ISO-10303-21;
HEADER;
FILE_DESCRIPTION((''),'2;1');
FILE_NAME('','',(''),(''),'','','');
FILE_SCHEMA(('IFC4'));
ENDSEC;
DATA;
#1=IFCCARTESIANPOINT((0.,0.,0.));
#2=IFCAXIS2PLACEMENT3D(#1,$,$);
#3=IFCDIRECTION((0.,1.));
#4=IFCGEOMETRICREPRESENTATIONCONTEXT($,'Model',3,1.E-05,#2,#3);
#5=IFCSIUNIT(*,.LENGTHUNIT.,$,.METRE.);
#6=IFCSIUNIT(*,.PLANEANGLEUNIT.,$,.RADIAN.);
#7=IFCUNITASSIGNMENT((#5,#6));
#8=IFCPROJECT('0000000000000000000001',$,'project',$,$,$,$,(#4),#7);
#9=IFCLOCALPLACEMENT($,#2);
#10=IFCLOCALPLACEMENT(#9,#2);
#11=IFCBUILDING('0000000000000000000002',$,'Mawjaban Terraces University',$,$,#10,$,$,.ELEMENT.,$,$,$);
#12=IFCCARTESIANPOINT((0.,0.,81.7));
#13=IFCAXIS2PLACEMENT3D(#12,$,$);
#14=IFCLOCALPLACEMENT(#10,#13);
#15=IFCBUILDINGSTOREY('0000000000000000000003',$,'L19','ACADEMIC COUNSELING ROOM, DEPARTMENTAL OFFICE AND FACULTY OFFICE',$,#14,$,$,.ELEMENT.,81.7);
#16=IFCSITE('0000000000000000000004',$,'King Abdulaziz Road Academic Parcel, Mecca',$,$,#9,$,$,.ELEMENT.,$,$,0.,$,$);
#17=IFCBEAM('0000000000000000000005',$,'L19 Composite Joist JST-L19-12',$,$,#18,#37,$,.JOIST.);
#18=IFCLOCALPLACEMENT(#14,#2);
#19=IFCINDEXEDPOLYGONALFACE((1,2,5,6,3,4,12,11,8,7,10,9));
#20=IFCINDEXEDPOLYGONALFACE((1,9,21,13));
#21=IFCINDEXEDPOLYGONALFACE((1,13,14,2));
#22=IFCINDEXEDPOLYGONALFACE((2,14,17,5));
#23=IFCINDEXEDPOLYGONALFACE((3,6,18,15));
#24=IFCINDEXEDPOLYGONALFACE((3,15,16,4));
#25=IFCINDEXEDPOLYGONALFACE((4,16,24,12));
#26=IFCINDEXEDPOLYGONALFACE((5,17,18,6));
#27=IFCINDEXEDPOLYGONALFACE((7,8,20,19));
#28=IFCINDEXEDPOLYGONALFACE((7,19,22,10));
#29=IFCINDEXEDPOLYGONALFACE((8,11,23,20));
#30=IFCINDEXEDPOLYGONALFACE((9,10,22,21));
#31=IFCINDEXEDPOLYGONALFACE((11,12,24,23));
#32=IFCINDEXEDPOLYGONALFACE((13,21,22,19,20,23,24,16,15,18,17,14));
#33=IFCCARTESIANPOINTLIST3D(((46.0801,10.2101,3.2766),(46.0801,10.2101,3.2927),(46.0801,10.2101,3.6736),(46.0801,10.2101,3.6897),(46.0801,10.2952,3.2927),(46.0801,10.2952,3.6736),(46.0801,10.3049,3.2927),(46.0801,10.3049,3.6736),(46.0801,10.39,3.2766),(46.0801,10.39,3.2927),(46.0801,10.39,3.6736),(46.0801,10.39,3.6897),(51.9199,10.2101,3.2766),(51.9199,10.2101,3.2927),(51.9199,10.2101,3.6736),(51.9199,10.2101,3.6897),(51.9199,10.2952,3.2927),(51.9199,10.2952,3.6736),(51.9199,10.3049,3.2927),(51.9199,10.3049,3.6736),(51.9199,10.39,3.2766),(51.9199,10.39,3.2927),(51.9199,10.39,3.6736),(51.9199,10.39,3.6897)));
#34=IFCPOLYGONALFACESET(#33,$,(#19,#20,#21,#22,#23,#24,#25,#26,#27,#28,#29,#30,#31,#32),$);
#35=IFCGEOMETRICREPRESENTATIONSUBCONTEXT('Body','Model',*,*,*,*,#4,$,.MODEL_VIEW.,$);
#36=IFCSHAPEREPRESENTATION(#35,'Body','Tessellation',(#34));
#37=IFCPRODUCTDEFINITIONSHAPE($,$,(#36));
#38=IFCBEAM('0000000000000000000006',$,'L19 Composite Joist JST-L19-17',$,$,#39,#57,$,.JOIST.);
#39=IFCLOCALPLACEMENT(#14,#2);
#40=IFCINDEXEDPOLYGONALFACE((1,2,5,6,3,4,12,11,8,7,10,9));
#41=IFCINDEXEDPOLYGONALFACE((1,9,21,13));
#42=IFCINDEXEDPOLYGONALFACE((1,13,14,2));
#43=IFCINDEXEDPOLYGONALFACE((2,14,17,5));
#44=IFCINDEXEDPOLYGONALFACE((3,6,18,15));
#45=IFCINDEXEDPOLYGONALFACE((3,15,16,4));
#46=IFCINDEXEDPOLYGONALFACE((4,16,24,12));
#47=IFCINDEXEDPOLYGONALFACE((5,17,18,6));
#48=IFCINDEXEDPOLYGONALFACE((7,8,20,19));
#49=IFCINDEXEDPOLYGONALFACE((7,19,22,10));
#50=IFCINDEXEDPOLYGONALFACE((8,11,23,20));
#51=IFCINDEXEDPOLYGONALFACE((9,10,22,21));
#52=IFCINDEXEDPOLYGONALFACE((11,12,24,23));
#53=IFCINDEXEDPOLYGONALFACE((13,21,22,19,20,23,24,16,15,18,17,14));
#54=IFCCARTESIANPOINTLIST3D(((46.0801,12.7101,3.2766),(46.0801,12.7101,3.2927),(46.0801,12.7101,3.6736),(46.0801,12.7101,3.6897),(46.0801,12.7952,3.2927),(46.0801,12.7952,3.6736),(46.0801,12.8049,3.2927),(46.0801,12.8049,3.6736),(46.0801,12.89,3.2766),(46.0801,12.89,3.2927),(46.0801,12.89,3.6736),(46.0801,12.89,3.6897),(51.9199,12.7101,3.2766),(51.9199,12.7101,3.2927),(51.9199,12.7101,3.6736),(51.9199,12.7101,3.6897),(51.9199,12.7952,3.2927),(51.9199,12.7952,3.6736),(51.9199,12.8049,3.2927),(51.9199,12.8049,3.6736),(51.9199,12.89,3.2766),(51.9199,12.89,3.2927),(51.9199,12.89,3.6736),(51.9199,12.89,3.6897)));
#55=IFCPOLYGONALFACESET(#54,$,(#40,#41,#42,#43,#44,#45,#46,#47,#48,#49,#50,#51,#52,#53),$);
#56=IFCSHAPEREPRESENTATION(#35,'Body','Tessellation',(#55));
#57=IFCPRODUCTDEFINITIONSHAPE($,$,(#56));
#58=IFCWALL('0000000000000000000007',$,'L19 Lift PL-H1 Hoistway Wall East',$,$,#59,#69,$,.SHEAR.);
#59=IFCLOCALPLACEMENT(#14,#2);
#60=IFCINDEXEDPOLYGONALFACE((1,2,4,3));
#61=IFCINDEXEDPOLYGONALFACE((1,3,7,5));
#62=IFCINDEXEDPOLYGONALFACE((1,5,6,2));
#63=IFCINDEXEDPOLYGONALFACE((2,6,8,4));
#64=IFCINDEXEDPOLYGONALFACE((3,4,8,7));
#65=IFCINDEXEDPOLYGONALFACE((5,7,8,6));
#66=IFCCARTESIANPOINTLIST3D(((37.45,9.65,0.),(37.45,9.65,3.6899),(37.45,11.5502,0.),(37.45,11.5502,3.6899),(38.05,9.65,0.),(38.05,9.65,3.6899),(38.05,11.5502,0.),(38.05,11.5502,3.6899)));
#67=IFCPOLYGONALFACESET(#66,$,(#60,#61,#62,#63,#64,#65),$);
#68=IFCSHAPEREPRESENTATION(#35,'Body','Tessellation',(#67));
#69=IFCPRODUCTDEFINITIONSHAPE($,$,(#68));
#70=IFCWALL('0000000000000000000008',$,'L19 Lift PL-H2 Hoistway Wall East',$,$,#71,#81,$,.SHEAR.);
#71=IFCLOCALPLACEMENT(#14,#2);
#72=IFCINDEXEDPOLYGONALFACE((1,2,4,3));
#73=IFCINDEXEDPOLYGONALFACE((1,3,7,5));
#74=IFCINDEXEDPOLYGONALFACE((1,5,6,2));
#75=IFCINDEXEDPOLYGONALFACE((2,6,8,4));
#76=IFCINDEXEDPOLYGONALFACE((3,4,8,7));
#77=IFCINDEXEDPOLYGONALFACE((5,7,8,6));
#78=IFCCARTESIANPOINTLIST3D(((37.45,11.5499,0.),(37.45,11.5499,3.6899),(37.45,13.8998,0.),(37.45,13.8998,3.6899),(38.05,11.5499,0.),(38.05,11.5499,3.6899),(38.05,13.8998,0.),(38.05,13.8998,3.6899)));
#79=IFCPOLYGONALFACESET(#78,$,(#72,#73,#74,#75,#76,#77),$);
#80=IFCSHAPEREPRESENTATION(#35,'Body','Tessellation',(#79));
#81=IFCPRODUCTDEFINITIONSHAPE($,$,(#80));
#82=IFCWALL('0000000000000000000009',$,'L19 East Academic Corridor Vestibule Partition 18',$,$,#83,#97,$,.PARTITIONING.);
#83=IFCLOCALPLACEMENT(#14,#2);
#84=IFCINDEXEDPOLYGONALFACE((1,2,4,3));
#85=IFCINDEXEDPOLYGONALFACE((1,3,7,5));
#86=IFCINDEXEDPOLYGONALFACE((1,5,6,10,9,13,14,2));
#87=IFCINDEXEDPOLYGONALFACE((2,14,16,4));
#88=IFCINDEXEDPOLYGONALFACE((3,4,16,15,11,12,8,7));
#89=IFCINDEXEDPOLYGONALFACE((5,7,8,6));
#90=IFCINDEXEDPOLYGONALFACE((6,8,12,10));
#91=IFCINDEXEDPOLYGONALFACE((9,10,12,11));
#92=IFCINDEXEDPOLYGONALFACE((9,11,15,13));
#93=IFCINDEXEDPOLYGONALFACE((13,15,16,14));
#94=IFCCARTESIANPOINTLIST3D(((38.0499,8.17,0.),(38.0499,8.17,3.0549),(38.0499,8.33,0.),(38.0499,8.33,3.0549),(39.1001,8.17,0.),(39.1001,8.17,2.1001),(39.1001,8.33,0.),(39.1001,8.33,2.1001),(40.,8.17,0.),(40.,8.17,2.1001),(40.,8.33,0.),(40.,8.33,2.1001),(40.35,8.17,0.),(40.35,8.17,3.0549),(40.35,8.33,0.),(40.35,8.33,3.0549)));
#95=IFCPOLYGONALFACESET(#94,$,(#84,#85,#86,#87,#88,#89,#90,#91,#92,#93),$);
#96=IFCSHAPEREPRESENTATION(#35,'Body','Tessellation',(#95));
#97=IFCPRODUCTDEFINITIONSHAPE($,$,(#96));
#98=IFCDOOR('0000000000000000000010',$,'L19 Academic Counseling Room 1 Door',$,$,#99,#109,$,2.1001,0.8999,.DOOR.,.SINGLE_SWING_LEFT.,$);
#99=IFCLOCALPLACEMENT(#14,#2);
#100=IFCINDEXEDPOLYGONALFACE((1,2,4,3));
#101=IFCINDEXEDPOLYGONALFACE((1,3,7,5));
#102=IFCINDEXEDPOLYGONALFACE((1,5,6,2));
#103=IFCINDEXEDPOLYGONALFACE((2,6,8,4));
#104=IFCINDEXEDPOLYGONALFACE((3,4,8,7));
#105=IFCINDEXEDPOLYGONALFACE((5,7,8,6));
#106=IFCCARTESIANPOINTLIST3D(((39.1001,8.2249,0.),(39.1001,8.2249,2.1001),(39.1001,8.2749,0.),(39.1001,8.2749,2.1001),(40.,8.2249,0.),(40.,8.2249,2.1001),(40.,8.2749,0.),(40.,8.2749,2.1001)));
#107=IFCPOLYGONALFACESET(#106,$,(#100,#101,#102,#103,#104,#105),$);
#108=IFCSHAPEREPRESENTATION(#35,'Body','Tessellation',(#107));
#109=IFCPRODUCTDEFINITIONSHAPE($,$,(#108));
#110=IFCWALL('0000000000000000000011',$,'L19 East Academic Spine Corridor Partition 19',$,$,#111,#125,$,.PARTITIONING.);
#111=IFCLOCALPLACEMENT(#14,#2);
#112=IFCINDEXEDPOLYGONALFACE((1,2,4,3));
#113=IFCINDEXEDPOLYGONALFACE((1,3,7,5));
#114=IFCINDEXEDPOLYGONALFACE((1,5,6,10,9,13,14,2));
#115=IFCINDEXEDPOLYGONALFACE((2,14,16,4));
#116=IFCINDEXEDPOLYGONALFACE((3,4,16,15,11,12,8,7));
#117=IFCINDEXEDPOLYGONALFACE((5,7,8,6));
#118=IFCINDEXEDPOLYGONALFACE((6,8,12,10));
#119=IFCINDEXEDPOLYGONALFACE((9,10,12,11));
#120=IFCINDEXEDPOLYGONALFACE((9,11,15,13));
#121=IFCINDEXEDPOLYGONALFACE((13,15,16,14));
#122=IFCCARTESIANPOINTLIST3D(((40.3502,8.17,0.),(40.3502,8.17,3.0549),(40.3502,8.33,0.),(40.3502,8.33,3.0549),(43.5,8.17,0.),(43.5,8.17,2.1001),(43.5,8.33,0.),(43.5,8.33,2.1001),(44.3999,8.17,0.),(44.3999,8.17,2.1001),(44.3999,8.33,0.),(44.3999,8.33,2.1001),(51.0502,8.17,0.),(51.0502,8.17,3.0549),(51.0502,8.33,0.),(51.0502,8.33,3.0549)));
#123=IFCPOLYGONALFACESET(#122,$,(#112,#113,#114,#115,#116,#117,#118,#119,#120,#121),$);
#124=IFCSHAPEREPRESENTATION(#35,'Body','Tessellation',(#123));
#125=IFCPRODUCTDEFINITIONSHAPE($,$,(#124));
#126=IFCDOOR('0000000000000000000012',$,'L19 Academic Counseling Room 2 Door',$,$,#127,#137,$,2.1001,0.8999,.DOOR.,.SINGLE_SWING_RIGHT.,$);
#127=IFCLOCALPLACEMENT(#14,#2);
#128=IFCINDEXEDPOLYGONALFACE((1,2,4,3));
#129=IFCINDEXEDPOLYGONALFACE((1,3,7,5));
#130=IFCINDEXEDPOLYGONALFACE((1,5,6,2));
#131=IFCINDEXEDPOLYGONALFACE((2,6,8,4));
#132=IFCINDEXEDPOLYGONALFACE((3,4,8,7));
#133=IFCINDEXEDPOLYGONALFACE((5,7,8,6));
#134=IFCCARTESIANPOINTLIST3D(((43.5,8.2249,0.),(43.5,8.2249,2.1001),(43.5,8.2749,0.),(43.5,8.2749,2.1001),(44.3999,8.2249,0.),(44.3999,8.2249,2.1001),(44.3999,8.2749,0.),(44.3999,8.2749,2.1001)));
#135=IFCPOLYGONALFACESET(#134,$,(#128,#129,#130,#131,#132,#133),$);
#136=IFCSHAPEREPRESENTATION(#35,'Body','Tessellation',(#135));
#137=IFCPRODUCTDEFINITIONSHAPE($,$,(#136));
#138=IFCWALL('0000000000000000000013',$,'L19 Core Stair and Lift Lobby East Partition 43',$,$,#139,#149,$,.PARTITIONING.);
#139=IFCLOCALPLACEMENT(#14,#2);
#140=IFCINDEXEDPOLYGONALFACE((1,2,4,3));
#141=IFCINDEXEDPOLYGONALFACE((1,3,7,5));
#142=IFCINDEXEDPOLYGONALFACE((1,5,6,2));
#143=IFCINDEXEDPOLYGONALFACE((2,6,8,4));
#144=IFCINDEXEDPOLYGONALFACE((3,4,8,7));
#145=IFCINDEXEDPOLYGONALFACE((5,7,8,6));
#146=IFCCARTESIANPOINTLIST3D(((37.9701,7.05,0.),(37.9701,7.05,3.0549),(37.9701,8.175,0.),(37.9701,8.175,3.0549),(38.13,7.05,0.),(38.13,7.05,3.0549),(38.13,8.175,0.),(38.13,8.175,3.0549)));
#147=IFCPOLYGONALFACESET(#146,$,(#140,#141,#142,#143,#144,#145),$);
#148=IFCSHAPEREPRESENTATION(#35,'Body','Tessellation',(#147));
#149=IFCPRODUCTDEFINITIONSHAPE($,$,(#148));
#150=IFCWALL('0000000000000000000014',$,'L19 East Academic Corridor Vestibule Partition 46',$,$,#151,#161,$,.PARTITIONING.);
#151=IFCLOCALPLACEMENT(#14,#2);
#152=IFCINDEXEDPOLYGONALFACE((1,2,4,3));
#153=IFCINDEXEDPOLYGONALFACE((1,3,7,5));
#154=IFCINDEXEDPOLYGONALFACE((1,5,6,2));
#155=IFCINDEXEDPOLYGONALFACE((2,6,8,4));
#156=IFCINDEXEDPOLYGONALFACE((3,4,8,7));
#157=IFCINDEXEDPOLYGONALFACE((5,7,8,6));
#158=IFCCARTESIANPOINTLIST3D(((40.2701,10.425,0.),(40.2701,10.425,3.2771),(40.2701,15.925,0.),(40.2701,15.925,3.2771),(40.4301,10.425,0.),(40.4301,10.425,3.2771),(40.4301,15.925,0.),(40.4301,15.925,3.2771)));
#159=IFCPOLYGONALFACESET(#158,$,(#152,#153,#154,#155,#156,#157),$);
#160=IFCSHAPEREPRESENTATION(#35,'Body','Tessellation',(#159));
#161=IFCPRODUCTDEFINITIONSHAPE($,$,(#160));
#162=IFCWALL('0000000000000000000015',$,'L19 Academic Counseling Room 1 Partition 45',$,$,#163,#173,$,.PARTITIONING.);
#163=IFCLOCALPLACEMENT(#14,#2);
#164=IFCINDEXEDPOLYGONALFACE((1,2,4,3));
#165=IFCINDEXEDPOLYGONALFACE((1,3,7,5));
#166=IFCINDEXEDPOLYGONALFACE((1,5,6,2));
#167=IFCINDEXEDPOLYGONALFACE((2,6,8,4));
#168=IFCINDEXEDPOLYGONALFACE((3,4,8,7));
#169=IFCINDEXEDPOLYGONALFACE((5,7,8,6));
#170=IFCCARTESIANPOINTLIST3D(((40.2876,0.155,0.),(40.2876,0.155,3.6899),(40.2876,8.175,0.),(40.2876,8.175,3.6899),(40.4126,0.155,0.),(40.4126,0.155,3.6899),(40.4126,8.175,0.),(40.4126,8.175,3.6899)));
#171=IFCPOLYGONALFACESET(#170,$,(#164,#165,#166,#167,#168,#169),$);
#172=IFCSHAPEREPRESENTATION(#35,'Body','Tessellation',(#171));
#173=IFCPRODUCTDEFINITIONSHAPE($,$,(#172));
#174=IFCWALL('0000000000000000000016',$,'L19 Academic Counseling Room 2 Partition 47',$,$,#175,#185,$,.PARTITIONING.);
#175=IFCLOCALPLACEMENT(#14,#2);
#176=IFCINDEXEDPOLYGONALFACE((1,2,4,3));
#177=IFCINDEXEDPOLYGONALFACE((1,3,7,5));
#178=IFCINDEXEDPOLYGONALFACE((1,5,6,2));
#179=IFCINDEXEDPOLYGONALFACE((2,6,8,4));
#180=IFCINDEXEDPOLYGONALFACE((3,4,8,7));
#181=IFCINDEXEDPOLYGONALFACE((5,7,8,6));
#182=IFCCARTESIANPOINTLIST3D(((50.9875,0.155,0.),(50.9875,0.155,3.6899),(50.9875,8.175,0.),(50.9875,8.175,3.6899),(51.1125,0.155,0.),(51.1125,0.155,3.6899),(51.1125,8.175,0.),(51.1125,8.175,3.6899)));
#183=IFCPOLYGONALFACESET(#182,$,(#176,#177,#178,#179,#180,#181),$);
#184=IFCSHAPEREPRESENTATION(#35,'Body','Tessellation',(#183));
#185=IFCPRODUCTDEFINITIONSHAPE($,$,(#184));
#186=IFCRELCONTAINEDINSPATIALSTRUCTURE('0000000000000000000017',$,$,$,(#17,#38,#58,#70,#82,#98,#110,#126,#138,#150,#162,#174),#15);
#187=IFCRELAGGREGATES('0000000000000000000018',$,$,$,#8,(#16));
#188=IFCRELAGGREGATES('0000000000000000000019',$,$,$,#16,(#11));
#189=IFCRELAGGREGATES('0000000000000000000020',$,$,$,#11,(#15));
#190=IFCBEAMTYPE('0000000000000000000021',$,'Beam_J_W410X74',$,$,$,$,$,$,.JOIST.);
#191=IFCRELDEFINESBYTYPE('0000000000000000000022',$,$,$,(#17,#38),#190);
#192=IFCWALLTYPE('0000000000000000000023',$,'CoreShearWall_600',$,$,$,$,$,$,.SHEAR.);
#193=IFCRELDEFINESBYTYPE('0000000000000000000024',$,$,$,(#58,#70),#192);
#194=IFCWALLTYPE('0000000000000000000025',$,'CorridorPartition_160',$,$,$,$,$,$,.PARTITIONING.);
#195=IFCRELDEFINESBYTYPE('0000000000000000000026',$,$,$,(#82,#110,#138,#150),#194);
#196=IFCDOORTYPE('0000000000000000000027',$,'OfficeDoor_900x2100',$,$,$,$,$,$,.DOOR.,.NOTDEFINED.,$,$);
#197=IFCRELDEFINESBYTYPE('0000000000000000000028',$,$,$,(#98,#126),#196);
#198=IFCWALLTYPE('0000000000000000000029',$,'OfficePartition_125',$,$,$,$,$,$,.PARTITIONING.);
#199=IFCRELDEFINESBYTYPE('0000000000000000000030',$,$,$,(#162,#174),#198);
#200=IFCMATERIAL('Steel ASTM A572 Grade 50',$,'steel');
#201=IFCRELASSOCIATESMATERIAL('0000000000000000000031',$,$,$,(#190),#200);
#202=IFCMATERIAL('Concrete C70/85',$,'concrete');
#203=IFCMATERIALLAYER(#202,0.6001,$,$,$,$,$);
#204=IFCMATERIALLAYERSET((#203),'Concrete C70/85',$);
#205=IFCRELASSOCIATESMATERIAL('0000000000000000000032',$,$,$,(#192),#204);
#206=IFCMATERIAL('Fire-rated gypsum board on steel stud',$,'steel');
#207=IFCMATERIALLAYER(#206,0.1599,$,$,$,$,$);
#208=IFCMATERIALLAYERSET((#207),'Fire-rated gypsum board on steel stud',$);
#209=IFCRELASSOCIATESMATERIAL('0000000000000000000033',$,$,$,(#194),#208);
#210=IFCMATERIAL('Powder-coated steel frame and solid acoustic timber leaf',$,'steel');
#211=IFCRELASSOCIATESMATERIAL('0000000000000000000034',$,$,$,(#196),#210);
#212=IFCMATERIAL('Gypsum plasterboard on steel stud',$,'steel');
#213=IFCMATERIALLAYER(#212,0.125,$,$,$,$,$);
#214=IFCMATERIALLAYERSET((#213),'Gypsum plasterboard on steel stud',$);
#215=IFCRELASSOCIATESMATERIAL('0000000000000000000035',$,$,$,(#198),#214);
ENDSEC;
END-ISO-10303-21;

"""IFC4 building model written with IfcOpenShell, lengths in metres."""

from ifc_helpers import new_model, si_unit, direction, frame, frame_2d, origin, origin_2d, place, context, subcontext, project, spatial, rectangle, i_section, extrude, material, layer, layer_set, material_profile, profile_set, type_object, element, fill, save


model = new_model("IFC4")

# Units and contexts
model_context = context("Model", 3, precision=1e-05, world=origin(), true_north=direction((0.0, 1.0)))
body_context = subcontext(model_context, "Body", "Model", "MODEL_VIEW")
ifc_project = project(units=[si_unit("LENGTHUNIT", "METRE"), si_unit("PLANEANGLEUNIT", "RADIAN")], contexts=[model_context])

# Site, building, storey
site_placement = place(None, origin())
site = spatial("IfcSite", under=ifc_project, at=site_placement, Name="King Abdulaziz Road Academic Parcel, Mecca", CompositionType="ELEMENT", RefElevation=0.0)
building_placement = place(site_placement, origin())
building = spatial("IfcBuilding", under=site, at=building_placement, Name="Mawjaban Terraces University", CompositionType="ELEMENT")
storey_placement = place(building_placement, frame((0.0, 0.0, 81.7)))
storey = spatial("IfcBuildingStorey", under=building, at=storey_placement, Name="L19", Description="ACADEMIC COUNSELING ROOM, DEPARTMENTAL OFFICE AND FACULTY OFFICE", CompositionType="ELEMENT", Elevation=81.7)

# Beams
ifc_material_1 = material(Name="Steel ASTM A572 Grade 50", Category="steel")
ifc_material_profile_1 = material_profile(ifc_material_1, i_section(OverallWidth=0.1799, OverallDepth=0.4131, WebThickness=0.0098, FlangeThickness=0.0161, at=origin_2d()), Name="W410X74")
ifc_profile_set_1 = profile_set([ifc_material_profile_1], Name="Steel ASTM A572 Grade 50")
beam_type_1 = type_object("IfcBeamType", Name="Beam_J_W410X74", PredefinedType="JOIST", material=ifc_profile_set_1)
for number, where, z_axis, x_axis, name in (
    (1, (46.0801, 10.3, 3.4832), (1.0, 0.0, 0.0), (0.0, 1.0, 0.0), "L19 Composite Joist JST-L19-12"),
    (2, (46.0801, 12.8, 3.4832), (1.0, 0.0, 0.0), (0.0, 1.0, 0.0), "L19 Composite Joist JST-L19-17"),
):
    element("IfcBeam", number, at=place(storey_placement, frame(where, z_axis=z_axis, x_axis=x_axis)), inside=storey, type_object=beam_type_1, Name=name, PredefinedType="JOIST", context=body_context, shape_type="SweptSolid", body=[
        extrude(i_section(OverallWidth=0.1799, OverallDepth=0.4131, WebThickness=0.0098, FlangeThickness=0.0161, at=origin_2d()), origin(), (0.0, 0.0, 1.0), 5.8398),
    ])

# Walls
ifc_material_2 = material(Name="Concrete C70/85", Category="concrete")
ifc_layer_1 = layer(ifc_material_2, 0.6001)
ifc_layer_set_1 = layer_set([ifc_layer_1], Name="Concrete C70/85")
wall_type_1 = type_object("IfcWallType", Name="CoreShearWall_600", PredefinedType="SHEAR", material=ifc_layer_set_1)
wall_1_placement = place(storey_placement, frame((37.75, 9.6499, 0.0), z_axis=(0.0, 0.0, 1.0), x_axis=(0.0, 1.0, 0.0)))
element("IfcWall", 3, at=wall_1_placement, inside=storey, type_object=wall_type_1, Name="L19 Lift PL-H1 Hoistway Wall East", PredefinedType="SHEAR", context=body_context, shape_type="SweptSolid", body=[
    extrude(rectangle(XDim=1.9001, YDim=0.6001, at=frame_2d((0.9502, 0.0))), origin(), (0.0, 0.0, 1.0), 3.6899),
])
wall_2_placement = place(storey_placement, frame((37.75, 11.55, 0.0), z_axis=(0.0, 0.0, 1.0), x_axis=(0.0, 1.0, 0.0)))
element("IfcWall", 4, at=wall_2_placement, inside=storey, type_object=wall_type_1, Name="L19 Lift PL-H2 Hoistway Wall East", PredefinedType="SHEAR", context=body_context, shape_type="SweptSolid", body=[
    extrude(rectangle(XDim=2.3499, YDim=0.6001, at=frame_2d((1.1748, 0.0))), origin(), (0.0, 0.0, 1.0), 3.6899),
])

# Walls, openings, doors
ifc_material_3 = material(Name="Fire-rated gypsum board on steel stud", Category="steel")
ifc_layer_2 = layer(ifc_material_3, 0.1599)
ifc_layer_set_2 = layer_set([ifc_layer_2], Name="Fire-rated gypsum board on steel stud")
wall_type_2 = type_object("IfcWallType", Name="CorridorPartition_160", PredefinedType="PARTITIONING", material=ifc_layer_set_2)
wall_3_placement = place(storey_placement, frame((38.05, 8.25, 0.0), z_axis=(0.0, 0.0, 1.0), x_axis=(1.0, 0.0, 0.0)))
wall_3 = element("IfcWall", 5, at=wall_3_placement, inside=storey, type_object=wall_type_2, Name="L19 East Academic Corridor Vestibule Partition 18", PredefinedType="PARTITIONING", context=body_context, shape_type="SweptSolid", body=[
    extrude(rectangle(XDim=2.3, YDim=0.1599, at=frame_2d((1.1499, 0.0))), origin(), (0.0, 0.0, 1.0), 3.0549),
])
opening_1_placement = place(wall_3_placement, frame((1.05, 0.0, 0.0)))
opening_1 = element("IfcOpeningElement", 6, at=opening_1_placement, cuts=wall_3, PredefinedType="OPENING", context=body_context, shape_type="SweptSolid", body=[
    extrude(rectangle(XDim=0.8999, YDim=2.1001, at=frame_2d((0.45, 1.05))), frame((0.0, 0.0898, 0.0), z_axis=(0.0, -1.0, 0.0), x_axis=(1.0, 0.0, 0.0)), (0.0, 0.0, 1.0), 0.1799),
])
ifc_material_4 = material(Name="Powder-coated steel frame and solid acoustic timber leaf", Category="steel")
door_type = type_object("IfcDoorType", Name="OfficeDoor_900x2100", OperationType="NOTDEFINED", PredefinedType="DOOR", material=ifc_material_4)
door_1_placement = place(opening_1_placement, origin())
door_1 = element("IfcDoor", 7, at=door_1_placement, inside=storey, type_object=door_type, Name="L19 Academic Counseling Room 1 Door", OperationType="SINGLE_SWING_LEFT", OverallHeight=2.1001, OverallWidth=0.8999, PredefinedType="DOOR", context=body_context, shape_type="SweptSolid", body=[
    extrude(rectangle(XDim=0.8999, YDim=2.1001, at=frame_2d((0.45, 1.05))), frame((0.0, 0.0249, 0.0), z_axis=(0.0, -1.0, 0.0), x_axis=(1.0, 0.0, 0.0)), (0.0, 0.0, 1.0), 0.05),
])
fill(opening_1, door_1)
wall_4_placement = place(storey_placement, frame((40.3501, 8.25, 0.0), z_axis=(0.0, 0.0, 1.0), x_axis=(1.0, 0.0, 0.0)))
wall_4 = element("IfcWall", 8, at=wall_4_placement, inside=storey, type_object=wall_type_2, Name="L19 East Academic Spine Corridor Partition 19", PredefinedType="PARTITIONING", context=body_context, shape_type="SweptSolid", body=[
    extrude(rectangle(XDim=10.7, YDim=0.1599, at=frame_2d((5.3501, 0.0))), origin(), (0.0, 0.0, 1.0), 3.0549),
])
opening_2_placement = place(wall_4_placement, frame((3.1499, 0.0, 0.0)))
opening_2 = element("IfcOpeningElement", 9, at=opening_2_placement, cuts=wall_4, PredefinedType="OPENING", context=body_context, shape_type="SweptSolid", body=[
    extrude(rectangle(XDim=0.8999, YDim=2.1001, at=frame_2d((0.45, 1.05))), frame((0.0, 0.0898, 0.0), z_axis=(0.0, -1.0, 0.0), x_axis=(1.0, 0.0, 0.0)), (0.0, 0.0, 1.0), 0.1799),
])
door_2_placement = place(opening_2_placement, origin())
door_2 = element("IfcDoor", 10, at=door_2_placement, inside=storey, type_object=door_type, Name="L19 Academic Counseling Room 2 Door", OperationType="SINGLE_SWING_RIGHT", OverallHeight=2.1001, OverallWidth=0.8999, PredefinedType="DOOR", context=body_context, shape_type="SweptSolid", body=[
    extrude(rectangle(XDim=0.8999, YDim=2.1001, at=frame_2d((0.45, 1.05))), frame((0.0, 0.0249, 0.0), z_axis=(0.0, -1.0, 0.0), x_axis=(1.0, 0.0, 0.0)), (0.0, 0.0, 1.0), 0.05),
])
fill(opening_2, door_2)

# Walls
wall_5_placement = place(storey_placement, frame((38.05, 7.05, 0.0), z_axis=(0.0, 0.0, 1.0), x_axis=(0.0, 1.0, 0.0)))
element("IfcWall", 11, at=wall_5_placement, inside=storey, type_object=wall_type_2, Name="L19 Core Stair and Lift Lobby East Partition 43", PredefinedType="PARTITIONING", context=body_context, shape_type="SweptSolid", body=[
    extrude(rectangle(XDim=1.125, YDim=0.1599, at=frame_2d((0.5625, 0.0))), origin(), (0.0, 0.0, 1.0), 3.0549),
])
wall_6_placement = place(storey_placement, frame((40.3501, 10.425, 0.0), z_axis=(0.0, 0.0, 1.0), x_axis=(0.0, 1.0, 0.0)))
element("IfcWall", 12, at=wall_6_placement, inside=storey, type_object=wall_type_2, Name="L19 East Academic Corridor Vestibule Partition 46", PredefinedType="PARTITIONING", context=body_context, shape_type="SweptSolid", body=[
    extrude(rectangle(XDim=5.5, YDim=0.1599, at=frame_2d((2.75, 0.0))), origin(), (0.0, 0.0, 1.0), 3.2771),
])
ifc_material_5 = material(Name="Gypsum plasterboard on steel stud", Category="steel")
ifc_layer_3 = layer(ifc_material_5, 0.125)
ifc_layer_set_3 = layer_set([ifc_layer_3], Name="Gypsum plasterboard on steel stud")
wall_type_3 = type_object("IfcWallType", Name="OfficePartition_125", PredefinedType="PARTITIONING", material=ifc_layer_set_3)
for number, where, z_axis, x_axis, name in (
    (13, (40.3501, 0.155, 0.0), (0.0, 0.0, 1.0), (0.0, 1.0, 0.0), "L19 Academic Counseling Room 1 Partition 45"),
    (14, (51.05, 0.155, 0.0), (0.0, 0.0, 1.0), (0.0, 1.0, 0.0), "L19 Academic Counseling Room 2 Partition 47"),
):
    element("IfcWall", number, at=place(storey_placement, frame(where, z_axis=z_axis, x_axis=x_axis)), inside=storey, type_object=wall_type_3, Name=name, PredefinedType="PARTITIONING", context=body_context, shape_type="SweptSolid", body=[
        extrude(rectangle(XDim=8.02, YDim=0.125, at=frame_2d((4.01, 0.0))), origin(), (0.0, 0.0, 1.0), 3.6899),
    ])

save(model, "model.ifc")
